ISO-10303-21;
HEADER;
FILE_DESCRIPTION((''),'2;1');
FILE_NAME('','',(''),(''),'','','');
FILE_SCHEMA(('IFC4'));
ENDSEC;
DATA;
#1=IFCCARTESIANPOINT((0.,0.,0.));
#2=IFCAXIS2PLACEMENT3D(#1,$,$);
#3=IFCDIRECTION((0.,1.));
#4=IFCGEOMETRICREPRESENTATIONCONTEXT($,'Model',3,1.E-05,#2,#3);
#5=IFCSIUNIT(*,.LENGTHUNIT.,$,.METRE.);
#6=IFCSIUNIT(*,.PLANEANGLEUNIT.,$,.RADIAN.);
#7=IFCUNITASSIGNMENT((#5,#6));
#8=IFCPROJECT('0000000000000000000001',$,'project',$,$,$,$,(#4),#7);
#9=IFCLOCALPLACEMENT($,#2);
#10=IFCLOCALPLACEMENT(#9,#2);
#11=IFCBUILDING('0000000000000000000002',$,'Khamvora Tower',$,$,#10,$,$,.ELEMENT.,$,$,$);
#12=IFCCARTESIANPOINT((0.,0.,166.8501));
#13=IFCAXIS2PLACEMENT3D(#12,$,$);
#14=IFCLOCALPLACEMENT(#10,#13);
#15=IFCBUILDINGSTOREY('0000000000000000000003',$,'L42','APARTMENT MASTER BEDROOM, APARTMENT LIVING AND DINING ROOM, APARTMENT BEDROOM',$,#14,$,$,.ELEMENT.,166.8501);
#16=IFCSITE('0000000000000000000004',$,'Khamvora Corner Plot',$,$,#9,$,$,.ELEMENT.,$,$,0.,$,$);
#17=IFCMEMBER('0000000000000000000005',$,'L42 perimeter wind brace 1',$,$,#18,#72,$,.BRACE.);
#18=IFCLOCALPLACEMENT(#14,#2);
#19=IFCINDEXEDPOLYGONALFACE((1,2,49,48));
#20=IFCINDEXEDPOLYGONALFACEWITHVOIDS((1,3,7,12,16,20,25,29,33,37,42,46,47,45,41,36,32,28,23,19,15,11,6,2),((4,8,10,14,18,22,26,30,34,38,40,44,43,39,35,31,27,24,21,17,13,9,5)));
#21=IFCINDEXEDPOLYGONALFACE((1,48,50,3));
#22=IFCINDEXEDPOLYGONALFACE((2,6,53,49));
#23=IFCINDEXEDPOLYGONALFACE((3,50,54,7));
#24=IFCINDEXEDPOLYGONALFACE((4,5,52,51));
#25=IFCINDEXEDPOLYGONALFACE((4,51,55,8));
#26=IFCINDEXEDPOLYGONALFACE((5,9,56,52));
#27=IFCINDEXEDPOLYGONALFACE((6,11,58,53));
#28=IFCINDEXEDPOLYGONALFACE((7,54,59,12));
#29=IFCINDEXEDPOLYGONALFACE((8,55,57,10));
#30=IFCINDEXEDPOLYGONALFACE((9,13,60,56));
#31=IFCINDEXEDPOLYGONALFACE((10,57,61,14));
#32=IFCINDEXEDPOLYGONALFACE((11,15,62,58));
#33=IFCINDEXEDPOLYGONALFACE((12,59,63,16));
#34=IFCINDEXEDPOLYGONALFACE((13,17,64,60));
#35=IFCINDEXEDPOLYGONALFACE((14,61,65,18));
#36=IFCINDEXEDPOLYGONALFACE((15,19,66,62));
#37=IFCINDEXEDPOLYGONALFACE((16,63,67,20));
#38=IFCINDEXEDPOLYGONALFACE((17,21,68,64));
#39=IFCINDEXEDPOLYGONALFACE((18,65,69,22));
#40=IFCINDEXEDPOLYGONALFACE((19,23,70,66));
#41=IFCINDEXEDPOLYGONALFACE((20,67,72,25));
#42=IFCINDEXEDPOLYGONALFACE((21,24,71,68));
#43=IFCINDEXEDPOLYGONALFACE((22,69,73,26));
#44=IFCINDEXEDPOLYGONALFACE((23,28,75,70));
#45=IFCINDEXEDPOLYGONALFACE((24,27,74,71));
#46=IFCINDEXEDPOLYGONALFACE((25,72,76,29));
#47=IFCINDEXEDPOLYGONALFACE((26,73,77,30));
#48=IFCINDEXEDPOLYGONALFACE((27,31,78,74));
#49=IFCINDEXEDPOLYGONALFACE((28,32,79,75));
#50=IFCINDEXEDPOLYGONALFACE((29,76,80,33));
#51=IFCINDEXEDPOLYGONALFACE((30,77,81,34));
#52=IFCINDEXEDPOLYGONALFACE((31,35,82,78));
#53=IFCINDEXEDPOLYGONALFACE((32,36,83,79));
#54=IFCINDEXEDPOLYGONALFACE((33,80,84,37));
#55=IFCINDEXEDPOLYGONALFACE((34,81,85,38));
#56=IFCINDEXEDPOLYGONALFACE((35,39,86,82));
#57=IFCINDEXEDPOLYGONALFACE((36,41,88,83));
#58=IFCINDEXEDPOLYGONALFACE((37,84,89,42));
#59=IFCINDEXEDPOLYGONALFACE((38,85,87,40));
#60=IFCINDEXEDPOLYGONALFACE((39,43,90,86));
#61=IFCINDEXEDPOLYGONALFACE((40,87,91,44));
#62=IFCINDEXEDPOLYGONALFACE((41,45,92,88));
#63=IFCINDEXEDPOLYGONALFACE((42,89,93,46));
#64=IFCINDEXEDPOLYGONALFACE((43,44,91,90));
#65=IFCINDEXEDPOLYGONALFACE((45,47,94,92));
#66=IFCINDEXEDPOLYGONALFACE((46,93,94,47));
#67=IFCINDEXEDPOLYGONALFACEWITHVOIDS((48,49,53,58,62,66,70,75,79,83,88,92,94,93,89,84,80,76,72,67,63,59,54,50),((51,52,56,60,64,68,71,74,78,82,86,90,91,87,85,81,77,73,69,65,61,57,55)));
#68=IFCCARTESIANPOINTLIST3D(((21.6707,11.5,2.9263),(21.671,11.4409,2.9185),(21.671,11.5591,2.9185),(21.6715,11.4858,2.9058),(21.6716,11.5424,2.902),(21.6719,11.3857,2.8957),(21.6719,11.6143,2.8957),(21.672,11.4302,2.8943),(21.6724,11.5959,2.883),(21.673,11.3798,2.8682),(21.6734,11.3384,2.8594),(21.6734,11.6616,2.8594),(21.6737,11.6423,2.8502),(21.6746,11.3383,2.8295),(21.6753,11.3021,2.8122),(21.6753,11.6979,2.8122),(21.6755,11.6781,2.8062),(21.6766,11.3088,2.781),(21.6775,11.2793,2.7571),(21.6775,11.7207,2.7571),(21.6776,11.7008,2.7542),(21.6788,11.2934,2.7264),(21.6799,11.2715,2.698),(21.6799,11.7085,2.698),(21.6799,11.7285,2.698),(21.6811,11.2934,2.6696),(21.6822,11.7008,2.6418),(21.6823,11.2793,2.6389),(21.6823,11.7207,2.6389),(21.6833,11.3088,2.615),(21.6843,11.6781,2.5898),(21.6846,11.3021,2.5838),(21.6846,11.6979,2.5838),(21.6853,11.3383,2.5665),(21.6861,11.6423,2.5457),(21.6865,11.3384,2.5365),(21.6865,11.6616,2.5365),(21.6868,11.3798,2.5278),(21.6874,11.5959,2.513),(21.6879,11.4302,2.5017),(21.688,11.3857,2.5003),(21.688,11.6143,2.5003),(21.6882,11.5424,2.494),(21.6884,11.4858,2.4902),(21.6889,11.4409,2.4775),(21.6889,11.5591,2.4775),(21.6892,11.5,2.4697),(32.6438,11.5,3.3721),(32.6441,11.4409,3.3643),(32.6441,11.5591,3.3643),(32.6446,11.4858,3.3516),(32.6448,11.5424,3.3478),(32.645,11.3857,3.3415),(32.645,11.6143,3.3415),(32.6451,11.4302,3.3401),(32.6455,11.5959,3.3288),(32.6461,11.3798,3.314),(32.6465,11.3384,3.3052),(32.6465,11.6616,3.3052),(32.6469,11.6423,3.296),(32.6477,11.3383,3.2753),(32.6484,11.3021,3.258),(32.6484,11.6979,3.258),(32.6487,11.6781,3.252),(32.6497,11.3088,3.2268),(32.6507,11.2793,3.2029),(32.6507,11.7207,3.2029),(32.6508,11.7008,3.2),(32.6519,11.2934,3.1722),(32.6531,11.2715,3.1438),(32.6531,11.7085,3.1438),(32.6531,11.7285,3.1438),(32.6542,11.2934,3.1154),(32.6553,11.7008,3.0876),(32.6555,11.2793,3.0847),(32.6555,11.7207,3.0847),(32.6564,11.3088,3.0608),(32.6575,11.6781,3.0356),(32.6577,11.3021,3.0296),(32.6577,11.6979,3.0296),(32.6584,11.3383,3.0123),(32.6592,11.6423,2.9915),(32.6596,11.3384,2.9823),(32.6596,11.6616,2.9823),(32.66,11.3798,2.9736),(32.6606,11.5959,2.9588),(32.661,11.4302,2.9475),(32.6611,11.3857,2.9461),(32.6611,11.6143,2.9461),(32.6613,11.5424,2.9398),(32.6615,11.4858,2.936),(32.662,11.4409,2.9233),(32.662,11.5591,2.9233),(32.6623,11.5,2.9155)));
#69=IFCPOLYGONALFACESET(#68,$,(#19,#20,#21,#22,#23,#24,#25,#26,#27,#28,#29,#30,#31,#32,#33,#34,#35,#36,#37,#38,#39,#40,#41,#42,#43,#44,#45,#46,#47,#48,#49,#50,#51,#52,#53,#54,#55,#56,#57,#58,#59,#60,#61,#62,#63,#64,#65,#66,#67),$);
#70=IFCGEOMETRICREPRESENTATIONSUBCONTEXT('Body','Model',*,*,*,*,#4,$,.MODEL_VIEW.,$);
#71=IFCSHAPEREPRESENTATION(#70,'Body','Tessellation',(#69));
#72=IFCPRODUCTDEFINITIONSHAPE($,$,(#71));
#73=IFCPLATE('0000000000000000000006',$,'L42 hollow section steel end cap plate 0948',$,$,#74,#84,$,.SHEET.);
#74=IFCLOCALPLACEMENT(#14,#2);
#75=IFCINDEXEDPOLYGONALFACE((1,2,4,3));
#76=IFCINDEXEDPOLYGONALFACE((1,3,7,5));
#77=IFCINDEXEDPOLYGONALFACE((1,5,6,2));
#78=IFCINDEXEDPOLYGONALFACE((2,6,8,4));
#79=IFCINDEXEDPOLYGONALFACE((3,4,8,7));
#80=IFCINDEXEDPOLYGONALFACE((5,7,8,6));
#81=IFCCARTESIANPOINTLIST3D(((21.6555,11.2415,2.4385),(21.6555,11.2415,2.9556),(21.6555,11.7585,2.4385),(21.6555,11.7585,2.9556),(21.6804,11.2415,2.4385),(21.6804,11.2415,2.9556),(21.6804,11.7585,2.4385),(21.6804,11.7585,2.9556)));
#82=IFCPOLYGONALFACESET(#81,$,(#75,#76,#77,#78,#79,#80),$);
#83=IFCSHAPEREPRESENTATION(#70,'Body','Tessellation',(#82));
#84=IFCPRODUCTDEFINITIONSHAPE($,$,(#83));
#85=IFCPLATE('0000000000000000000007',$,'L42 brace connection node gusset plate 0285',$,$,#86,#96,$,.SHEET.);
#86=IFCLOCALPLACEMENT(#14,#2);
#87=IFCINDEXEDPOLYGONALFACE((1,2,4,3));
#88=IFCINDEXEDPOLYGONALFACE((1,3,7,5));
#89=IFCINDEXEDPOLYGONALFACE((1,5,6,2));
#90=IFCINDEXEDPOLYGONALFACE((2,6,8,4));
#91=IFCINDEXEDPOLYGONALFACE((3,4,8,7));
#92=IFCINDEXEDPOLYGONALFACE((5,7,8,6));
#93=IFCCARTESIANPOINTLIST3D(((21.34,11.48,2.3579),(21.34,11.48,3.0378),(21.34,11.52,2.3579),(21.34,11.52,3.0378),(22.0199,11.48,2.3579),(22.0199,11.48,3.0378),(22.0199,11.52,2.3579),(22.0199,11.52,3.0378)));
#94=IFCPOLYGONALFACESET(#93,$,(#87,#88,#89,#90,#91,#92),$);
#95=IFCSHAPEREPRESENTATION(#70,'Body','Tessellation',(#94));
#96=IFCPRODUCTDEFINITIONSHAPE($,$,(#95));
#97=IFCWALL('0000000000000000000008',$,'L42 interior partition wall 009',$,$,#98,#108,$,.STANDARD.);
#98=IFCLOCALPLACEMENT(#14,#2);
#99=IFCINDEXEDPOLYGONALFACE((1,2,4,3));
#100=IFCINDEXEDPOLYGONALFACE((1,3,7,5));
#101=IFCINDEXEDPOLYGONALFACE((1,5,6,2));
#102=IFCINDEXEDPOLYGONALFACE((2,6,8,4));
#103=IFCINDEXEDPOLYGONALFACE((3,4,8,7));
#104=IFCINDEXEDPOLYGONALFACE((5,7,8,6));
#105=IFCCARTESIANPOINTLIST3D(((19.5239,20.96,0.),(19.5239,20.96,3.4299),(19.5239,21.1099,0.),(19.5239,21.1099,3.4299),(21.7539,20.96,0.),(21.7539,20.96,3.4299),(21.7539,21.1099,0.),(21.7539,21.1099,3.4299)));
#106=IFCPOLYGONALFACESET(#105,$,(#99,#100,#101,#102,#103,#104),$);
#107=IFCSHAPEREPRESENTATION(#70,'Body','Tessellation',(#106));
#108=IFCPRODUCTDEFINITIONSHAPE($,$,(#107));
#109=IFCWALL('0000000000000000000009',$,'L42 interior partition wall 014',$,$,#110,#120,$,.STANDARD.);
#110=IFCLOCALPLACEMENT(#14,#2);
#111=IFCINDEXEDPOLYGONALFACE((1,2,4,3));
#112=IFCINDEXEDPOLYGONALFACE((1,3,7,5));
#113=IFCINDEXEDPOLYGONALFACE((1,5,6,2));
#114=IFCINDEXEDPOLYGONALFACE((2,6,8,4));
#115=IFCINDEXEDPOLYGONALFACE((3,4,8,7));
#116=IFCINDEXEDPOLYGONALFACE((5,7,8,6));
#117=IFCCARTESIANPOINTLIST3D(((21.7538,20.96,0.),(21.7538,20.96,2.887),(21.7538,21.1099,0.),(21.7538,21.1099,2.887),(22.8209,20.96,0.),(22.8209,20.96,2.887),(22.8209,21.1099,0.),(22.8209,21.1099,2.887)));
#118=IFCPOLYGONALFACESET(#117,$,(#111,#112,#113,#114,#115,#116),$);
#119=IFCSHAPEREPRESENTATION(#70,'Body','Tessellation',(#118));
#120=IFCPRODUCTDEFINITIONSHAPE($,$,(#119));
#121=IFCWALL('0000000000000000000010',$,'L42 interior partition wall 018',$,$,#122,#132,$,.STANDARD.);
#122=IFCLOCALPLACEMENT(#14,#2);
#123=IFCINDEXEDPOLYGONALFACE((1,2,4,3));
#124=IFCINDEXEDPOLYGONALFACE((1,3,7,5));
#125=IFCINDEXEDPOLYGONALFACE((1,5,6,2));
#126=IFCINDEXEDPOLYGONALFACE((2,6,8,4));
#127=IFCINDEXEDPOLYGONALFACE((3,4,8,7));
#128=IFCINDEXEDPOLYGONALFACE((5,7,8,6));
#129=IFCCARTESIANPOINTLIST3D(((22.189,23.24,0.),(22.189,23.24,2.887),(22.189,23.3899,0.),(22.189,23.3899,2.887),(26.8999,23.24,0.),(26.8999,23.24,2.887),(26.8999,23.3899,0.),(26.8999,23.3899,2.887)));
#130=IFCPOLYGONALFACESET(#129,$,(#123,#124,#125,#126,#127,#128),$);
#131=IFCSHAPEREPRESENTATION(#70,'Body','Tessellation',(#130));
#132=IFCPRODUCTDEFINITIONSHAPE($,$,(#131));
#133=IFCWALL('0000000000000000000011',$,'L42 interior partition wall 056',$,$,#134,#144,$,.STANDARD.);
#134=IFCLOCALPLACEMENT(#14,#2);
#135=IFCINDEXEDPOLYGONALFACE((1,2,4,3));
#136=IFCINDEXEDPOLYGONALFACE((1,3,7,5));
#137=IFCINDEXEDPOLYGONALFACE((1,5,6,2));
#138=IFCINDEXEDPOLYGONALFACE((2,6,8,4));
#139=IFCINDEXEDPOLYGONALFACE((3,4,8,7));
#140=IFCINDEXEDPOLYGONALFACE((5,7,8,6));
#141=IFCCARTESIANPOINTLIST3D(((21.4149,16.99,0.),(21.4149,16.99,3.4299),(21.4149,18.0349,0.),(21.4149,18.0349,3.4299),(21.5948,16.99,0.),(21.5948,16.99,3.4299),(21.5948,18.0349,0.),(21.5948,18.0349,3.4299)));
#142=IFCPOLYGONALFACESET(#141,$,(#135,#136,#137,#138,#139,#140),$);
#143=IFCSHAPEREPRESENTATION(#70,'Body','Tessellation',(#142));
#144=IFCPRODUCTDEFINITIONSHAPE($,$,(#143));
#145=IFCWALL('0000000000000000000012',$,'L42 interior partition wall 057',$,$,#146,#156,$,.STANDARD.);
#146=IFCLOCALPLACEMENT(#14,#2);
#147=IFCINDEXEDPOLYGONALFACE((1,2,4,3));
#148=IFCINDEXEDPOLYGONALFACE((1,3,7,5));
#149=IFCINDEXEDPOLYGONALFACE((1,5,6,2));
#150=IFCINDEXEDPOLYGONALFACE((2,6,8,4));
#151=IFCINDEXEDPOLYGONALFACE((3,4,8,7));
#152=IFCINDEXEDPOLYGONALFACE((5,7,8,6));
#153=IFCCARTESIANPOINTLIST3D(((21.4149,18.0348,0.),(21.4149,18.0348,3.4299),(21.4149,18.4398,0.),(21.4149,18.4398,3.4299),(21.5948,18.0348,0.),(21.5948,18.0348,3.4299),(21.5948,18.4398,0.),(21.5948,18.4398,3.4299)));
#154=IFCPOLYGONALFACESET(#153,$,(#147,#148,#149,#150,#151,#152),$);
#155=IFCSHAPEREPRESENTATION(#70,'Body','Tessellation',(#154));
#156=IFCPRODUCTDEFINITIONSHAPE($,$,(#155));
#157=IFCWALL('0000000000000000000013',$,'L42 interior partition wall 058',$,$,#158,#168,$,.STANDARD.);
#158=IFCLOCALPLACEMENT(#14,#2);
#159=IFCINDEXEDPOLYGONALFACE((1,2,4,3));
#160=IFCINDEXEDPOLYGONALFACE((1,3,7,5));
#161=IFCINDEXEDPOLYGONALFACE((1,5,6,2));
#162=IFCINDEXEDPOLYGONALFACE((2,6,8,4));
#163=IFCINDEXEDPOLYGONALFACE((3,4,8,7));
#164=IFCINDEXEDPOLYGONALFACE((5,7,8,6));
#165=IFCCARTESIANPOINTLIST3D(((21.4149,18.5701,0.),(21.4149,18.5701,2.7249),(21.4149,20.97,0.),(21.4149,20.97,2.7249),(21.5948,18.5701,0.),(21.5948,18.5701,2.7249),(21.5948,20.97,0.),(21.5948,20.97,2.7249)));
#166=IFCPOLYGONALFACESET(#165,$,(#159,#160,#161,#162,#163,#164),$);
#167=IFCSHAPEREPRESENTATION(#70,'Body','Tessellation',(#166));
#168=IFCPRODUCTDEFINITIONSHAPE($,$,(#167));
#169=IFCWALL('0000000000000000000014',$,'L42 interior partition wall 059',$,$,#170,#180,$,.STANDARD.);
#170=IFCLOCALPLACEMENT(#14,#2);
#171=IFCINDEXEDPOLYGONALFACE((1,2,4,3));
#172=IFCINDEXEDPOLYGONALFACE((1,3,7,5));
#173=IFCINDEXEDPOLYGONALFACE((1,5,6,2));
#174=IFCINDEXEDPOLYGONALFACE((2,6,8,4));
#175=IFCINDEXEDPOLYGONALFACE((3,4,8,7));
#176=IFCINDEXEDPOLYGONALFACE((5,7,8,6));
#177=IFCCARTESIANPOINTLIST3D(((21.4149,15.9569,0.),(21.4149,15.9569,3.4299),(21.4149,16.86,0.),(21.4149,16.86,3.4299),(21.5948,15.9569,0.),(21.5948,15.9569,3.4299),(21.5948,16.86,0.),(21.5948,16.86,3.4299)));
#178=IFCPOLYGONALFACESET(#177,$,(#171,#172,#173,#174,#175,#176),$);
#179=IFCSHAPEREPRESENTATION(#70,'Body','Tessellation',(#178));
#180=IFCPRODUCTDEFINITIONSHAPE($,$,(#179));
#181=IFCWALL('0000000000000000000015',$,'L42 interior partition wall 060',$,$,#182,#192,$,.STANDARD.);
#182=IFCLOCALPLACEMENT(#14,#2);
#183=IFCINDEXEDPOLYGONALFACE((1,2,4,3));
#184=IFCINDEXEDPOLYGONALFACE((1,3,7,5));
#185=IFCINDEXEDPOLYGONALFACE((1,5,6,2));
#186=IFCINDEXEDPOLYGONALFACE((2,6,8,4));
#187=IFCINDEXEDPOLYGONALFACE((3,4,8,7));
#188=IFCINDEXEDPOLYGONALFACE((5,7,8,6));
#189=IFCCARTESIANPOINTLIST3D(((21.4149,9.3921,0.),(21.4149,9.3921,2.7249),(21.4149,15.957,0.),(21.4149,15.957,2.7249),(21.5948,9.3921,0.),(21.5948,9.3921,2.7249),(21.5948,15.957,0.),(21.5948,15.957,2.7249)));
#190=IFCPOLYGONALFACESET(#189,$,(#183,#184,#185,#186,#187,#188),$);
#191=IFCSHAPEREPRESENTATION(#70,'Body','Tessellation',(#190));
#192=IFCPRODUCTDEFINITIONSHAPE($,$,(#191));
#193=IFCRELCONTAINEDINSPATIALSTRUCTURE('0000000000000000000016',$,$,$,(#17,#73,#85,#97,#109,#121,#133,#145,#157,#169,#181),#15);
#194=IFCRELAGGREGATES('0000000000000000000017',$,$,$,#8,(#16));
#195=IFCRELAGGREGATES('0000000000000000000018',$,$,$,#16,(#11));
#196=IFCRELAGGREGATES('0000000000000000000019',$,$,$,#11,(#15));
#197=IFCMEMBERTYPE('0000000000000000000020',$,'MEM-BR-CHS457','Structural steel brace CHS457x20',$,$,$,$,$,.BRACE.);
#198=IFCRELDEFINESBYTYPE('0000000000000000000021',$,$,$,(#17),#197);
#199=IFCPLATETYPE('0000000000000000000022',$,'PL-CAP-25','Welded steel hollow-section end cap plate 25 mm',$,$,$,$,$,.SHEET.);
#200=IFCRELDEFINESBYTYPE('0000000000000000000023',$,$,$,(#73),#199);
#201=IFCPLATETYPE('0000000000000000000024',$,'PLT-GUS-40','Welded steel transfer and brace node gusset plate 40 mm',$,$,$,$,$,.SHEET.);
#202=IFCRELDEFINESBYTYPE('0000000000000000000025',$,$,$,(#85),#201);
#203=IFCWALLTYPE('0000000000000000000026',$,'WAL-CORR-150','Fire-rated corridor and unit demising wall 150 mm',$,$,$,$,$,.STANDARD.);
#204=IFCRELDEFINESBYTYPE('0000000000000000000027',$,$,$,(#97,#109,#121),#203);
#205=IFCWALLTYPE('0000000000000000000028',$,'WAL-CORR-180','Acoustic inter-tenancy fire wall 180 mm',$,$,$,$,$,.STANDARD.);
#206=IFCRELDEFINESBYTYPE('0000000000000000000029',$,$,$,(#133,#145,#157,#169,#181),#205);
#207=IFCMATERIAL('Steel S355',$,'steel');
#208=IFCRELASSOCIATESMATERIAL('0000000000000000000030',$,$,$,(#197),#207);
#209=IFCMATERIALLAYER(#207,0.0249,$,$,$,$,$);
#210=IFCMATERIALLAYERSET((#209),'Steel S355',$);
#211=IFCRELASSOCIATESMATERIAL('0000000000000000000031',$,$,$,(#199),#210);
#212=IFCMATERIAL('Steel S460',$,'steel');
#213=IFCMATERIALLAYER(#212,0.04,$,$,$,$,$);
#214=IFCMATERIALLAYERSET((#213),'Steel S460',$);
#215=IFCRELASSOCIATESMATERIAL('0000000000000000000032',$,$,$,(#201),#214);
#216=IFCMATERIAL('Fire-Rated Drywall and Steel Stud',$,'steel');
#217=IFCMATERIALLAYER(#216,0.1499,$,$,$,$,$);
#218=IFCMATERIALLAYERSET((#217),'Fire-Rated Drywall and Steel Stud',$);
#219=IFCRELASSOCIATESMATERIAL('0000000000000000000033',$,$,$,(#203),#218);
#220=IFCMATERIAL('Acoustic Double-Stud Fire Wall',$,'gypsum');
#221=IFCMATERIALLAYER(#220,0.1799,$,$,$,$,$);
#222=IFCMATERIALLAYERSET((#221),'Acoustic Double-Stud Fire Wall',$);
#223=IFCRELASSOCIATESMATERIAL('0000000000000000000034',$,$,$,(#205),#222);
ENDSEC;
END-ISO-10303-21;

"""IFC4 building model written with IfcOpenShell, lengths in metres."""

from ifc_helpers import new_model, si_unit, direction, frame, frame_2d, origin, origin_2d, place, context, subcontext, project, spatial, rectangle, hollow_circle, extrude, material, layer, layer_set, material_profile, profile_set, type_object, element, save


model = new_model("IFC4")

# Units and contexts
model_context = context("Model", 3, precision=1e-05, world=origin(), true_north=direction((0.0, 1.0)))
body_context = subcontext(model_context, "Body", "Model", "MODEL_VIEW")
ifc_project = project(units=[si_unit("LENGTHUNIT", "METRE"), si_unit("PLANEANGLEUNIT", "RADIAN")], contexts=[model_context])

# Site, building, storey
site_placement = place(None, origin())
site = spatial("IfcSite", under=ifc_project, at=site_placement, Name="Khamvora Corner Plot", CompositionType="ELEMENT", RefElevation=0.0)
building_placement = place(site_placement, origin())
building = spatial("IfcBuilding", under=site, at=building_placement, Name="Khamvora Tower", CompositionType="ELEMENT")
storey_placement = place(building_placement, frame((0.0, 0.0, 166.8501)))
storey = spatial("IfcBuildingStorey", under=building, at=storey_placement, Name="L42", Description="APARTMENT MASTER BEDROOM, APARTMENT LIVING AND DINING ROOM, APARTMENT BEDROOM", CompositionType="ELEMENT", Elevation=166.8501)

# Shared definitions
ifc_material_1 = material(Name="Steel S355", Category="steel")

# Member
ifc_material_profile_1 = material_profile(ifc_material_1, hollow_circle(Radius=0.2285, WallThickness=0.02, at=origin_2d()), Name="CHS457x20")
ifc_profile_set_1 = profile_set([ifc_material_profile_1], Name="Steel S355")
member_type = type_object("IfcMemberType", Name="MEM-BR-CHS457", Description="Structural steel brace CHS457x20", PredefinedType="BRACE", material=ifc_profile_set_1)
member_placement = place(storey_placement, frame((21.6799, 11.5, 2.698), z_axis=(0.999176, 0.0, 0.040593), x_axis=(0.0, 1.0, 0.0)))
element("IfcMember", 1, at=member_placement, inside=storey, type_object=member_type, Name="L42 perimeter wind brace 1", PredefinedType="BRACE", context=body_context, shape_type="SweptSolid", body=[
    extrude(hollow_circle(Radius=0.2285, WallThickness=0.02, at=origin_2d()), origin(), (0.0, 0.0, 1.0), 10.9822),
])

# Plates
ifc_layer_1 = layer(ifc_material_1, 0.0249)
ifc_layer_set_1 = layer_set([ifc_layer_1], Name="Steel S355")
plate_type_1 = type_object("IfcPlateType", Name="PL-CAP-25", Description="Welded steel hollow-section end cap plate 25 mm", PredefinedType="SHEET", material=ifc_layer_set_1)
plate_1_placement = place(storey_placement, frame((21.668, 11.5, 2.4385), z_axis=(0.0, 0.0, 1.0), x_axis=(1.0, 0.0, 0.0)))
element("IfcPlate", 2, at=plate_1_placement, inside=storey, type_object=plate_type_1, Name="L42 hollow section steel end cap plate 0948", PredefinedType="SHEET", context=body_context, shape_type="SweptSolid", body=[
    extrude(rectangle(XDim=0.0249, YDim=0.5171, at=origin_2d()), origin(), (0.0, 0.0, 1.0), 0.5171),
])
ifc_material_2 = material(Name="Steel S460", Category="steel")
ifc_layer_2 = layer(ifc_material_2, 0.04)
ifc_layer_set_2 = layer_set([ifc_layer_2], Name="Steel S460")
plate_type_2 = type_object("IfcPlateType", Name="PLT-GUS-40", Description="Welded steel transfer and brace node gusset plate 40 mm", PredefinedType="SHEET", material=ifc_layer_set_2)
plate_2_placement = place(storey_placement, frame((21.6799, 11.5, 2.3579), z_axis=(0.0, 0.0, 1.0), x_axis=(1.0, 0.0, 0.0)))
element("IfcPlate", 3, at=plate_2_placement, inside=storey, type_object=plate_type_2, Name="L42 brace connection node gusset plate 0285", PredefinedType="SHEET", context=body_context, shape_type="SweptSolid", body=[
    extrude(rectangle(XDim=0.6799, YDim=0.04, at=origin_2d()), origin(), (0.0, 0.0, 1.0), 0.6799),
])

# Walls
ifc_material_3 = material(Name="Fire-Rated Drywall and Steel Stud", Category="steel")
ifc_layer_3 = layer(ifc_material_3, 0.1499)
ifc_layer_set_3 = layer_set([ifc_layer_3], Name="Fire-Rated Drywall and Steel Stud")
wall_type_1 = type_object("IfcWallType", Name="WAL-CORR-150", Description="Fire-rated corridor and unit demising wall 150 mm", PredefinedType="STANDARD", material=ifc_layer_set_3)
wall_1_placement = place(storey_placement, frame((21.7539, 21.0349, 0.0), z_axis=(0.0, 0.0, 1.0), x_axis=(-1.0, 0.0, 0.0)))
element("IfcWall", 4, at=wall_1_placement, inside=storey, type_object=wall_type_1, Name="L42 interior partition wall 009", PredefinedType="STANDARD", context=body_context, shape_type="SweptSolid", body=[
    extrude(rectangle(XDim=2.23, YDim=0.1499, at=frame_2d((1.115, 0.0))), origin(), (0.0, 0.0, 1.0), 3.4299),
])
wall_2_placement = place(storey_placement, frame((22.821, 21.0349, 0.0), z_axis=(0.0, 0.0, 1.0), x_axis=(-1.0, 0.0, 0.0)))
element("IfcWall", 5, at=wall_2_placement, inside=storey, type_object=wall_type_1, Name="L42 interior partition wall 014", PredefinedType="STANDARD", context=body_context, shape_type="SweptSolid", body=[
    extrude(rectangle(XDim=1.0671, YDim=0.1499, at=frame_2d((0.5337, 0.0))), origin(), (0.0, 0.0, 1.0), 2.887),
])
wall_3_placement = place(storey_placement, frame((22.189, 23.3149, 0.0), z_axis=(0.0, 0.0, 1.0), x_axis=(1.0, 0.0, 0.0)))
element("IfcWall", 6, at=wall_3_placement, inside=storey, type_object=wall_type_1, Name="L42 interior partition wall 018", PredefinedType="STANDARD", context=body_context, shape_type="SweptSolid", body=[
    extrude(rectangle(XDim=4.7109, YDim=0.1499, at=frame_2d((2.3555, 0.0))), origin(), (0.0, 0.0, 1.0), 2.887),
])
ifc_material_4 = material(Name="Acoustic Double-Stud Fire Wall", Category="gypsum")
ifc_layer_4 = layer(ifc_material_4, 0.1799)
ifc_layer_set_4 = layer_set([ifc_layer_4], Name="Acoustic Double-Stud Fire Wall")
wall_type_2 = type_object("IfcWallType", Name="WAL-CORR-180", Description="Acoustic inter-tenancy fire wall 180 mm", PredefinedType="STANDARD", material=ifc_layer_set_4)
wall_4_placement = place(storey_placement, frame((21.5049, 18.0349, 0.0), z_axis=(0.0, 0.0, 1.0), x_axis=(0.0, -1.0, 0.0)))
element("IfcWall", 7, at=wall_4_placement, inside=storey, type_object=wall_type_2, Name="L42 interior partition wall 056", PredefinedType="STANDARD", context=body_context, shape_type="SweptSolid", body=[
    extrude(rectangle(XDim=1.0449, YDim=0.1799, at=frame_2d((0.5225, 0.0))), origin(), (0.0, 0.0, 1.0), 3.4299),
])
wall_5_placement = place(storey_placement, frame((21.5049, 18.4399, 0.0), z_axis=(0.0, 0.0, 1.0), x_axis=(0.0, -1.0, 0.0)))
element("IfcWall", 8, at=wall_5_placement, inside=storey, type_object=wall_type_2, Name="L42 interior partition wall 057", PredefinedType="STANDARD", context=body_context, shape_type="SweptSolid", body=[
    extrude(rectangle(XDim=0.405, YDim=0.1799, at=frame_2d((0.2026, 0.0))), origin(), (0.0, 0.0, 1.0), 3.4299),
])
wall_6_placement = place(storey_placement, frame((21.5049, 20.97, 0.0), z_axis=(0.0, 0.0, 1.0), x_axis=(0.0, -1.0, 0.0)))
element("IfcWall", 9, at=wall_6_placement, inside=storey, type_object=wall_type_2, Name="L42 interior partition wall 058", PredefinedType="STANDARD", context=body_context, shape_type="SweptSolid", body=[
    extrude(rectangle(XDim=2.3999, YDim=0.1799, at=frame_2d((1.2, 0.0))), origin(), (0.0, 0.0, 1.0), 2.7249),
])
wall_7_placement = place(storey_placement, frame((21.5049, 16.8601, 0.0), z_axis=(0.0, 0.0, 1.0), x_axis=(0.0, -1.0, 0.0)))
element("IfcWall", 10, at=wall_7_placement, inside=storey, type_object=wall_type_2, Name="L42 interior partition wall 059", PredefinedType="STANDARD", context=body_context, shape_type="SweptSolid", body=[
    extrude(rectangle(XDim=0.9031, YDim=0.1799, at=frame_2d((0.4517, 0.0))), origin(), (0.0, 0.0, 1.0), 3.4299),
])
wall_8_placement = place(storey_placement, frame((21.5049, 15.957, 0.0), z_axis=(0.0, 0.0, 1.0), x_axis=(0.0, -1.0, 0.0)))
element("IfcWall", 11, at=wall_8_placement, inside=storey, type_object=wall_type_2, Name="L42 interior partition wall 060", PredefinedType="STANDARD", context=body_context, shape_type="SweptSolid", body=[
    extrude(rectangle(XDim=6.5649, YDim=0.1799, at=frame_2d((3.2825, 0.0))), origin(), (0.0, 0.0, 1.0), 2.7249),
])

save(model, "model.ifc")
